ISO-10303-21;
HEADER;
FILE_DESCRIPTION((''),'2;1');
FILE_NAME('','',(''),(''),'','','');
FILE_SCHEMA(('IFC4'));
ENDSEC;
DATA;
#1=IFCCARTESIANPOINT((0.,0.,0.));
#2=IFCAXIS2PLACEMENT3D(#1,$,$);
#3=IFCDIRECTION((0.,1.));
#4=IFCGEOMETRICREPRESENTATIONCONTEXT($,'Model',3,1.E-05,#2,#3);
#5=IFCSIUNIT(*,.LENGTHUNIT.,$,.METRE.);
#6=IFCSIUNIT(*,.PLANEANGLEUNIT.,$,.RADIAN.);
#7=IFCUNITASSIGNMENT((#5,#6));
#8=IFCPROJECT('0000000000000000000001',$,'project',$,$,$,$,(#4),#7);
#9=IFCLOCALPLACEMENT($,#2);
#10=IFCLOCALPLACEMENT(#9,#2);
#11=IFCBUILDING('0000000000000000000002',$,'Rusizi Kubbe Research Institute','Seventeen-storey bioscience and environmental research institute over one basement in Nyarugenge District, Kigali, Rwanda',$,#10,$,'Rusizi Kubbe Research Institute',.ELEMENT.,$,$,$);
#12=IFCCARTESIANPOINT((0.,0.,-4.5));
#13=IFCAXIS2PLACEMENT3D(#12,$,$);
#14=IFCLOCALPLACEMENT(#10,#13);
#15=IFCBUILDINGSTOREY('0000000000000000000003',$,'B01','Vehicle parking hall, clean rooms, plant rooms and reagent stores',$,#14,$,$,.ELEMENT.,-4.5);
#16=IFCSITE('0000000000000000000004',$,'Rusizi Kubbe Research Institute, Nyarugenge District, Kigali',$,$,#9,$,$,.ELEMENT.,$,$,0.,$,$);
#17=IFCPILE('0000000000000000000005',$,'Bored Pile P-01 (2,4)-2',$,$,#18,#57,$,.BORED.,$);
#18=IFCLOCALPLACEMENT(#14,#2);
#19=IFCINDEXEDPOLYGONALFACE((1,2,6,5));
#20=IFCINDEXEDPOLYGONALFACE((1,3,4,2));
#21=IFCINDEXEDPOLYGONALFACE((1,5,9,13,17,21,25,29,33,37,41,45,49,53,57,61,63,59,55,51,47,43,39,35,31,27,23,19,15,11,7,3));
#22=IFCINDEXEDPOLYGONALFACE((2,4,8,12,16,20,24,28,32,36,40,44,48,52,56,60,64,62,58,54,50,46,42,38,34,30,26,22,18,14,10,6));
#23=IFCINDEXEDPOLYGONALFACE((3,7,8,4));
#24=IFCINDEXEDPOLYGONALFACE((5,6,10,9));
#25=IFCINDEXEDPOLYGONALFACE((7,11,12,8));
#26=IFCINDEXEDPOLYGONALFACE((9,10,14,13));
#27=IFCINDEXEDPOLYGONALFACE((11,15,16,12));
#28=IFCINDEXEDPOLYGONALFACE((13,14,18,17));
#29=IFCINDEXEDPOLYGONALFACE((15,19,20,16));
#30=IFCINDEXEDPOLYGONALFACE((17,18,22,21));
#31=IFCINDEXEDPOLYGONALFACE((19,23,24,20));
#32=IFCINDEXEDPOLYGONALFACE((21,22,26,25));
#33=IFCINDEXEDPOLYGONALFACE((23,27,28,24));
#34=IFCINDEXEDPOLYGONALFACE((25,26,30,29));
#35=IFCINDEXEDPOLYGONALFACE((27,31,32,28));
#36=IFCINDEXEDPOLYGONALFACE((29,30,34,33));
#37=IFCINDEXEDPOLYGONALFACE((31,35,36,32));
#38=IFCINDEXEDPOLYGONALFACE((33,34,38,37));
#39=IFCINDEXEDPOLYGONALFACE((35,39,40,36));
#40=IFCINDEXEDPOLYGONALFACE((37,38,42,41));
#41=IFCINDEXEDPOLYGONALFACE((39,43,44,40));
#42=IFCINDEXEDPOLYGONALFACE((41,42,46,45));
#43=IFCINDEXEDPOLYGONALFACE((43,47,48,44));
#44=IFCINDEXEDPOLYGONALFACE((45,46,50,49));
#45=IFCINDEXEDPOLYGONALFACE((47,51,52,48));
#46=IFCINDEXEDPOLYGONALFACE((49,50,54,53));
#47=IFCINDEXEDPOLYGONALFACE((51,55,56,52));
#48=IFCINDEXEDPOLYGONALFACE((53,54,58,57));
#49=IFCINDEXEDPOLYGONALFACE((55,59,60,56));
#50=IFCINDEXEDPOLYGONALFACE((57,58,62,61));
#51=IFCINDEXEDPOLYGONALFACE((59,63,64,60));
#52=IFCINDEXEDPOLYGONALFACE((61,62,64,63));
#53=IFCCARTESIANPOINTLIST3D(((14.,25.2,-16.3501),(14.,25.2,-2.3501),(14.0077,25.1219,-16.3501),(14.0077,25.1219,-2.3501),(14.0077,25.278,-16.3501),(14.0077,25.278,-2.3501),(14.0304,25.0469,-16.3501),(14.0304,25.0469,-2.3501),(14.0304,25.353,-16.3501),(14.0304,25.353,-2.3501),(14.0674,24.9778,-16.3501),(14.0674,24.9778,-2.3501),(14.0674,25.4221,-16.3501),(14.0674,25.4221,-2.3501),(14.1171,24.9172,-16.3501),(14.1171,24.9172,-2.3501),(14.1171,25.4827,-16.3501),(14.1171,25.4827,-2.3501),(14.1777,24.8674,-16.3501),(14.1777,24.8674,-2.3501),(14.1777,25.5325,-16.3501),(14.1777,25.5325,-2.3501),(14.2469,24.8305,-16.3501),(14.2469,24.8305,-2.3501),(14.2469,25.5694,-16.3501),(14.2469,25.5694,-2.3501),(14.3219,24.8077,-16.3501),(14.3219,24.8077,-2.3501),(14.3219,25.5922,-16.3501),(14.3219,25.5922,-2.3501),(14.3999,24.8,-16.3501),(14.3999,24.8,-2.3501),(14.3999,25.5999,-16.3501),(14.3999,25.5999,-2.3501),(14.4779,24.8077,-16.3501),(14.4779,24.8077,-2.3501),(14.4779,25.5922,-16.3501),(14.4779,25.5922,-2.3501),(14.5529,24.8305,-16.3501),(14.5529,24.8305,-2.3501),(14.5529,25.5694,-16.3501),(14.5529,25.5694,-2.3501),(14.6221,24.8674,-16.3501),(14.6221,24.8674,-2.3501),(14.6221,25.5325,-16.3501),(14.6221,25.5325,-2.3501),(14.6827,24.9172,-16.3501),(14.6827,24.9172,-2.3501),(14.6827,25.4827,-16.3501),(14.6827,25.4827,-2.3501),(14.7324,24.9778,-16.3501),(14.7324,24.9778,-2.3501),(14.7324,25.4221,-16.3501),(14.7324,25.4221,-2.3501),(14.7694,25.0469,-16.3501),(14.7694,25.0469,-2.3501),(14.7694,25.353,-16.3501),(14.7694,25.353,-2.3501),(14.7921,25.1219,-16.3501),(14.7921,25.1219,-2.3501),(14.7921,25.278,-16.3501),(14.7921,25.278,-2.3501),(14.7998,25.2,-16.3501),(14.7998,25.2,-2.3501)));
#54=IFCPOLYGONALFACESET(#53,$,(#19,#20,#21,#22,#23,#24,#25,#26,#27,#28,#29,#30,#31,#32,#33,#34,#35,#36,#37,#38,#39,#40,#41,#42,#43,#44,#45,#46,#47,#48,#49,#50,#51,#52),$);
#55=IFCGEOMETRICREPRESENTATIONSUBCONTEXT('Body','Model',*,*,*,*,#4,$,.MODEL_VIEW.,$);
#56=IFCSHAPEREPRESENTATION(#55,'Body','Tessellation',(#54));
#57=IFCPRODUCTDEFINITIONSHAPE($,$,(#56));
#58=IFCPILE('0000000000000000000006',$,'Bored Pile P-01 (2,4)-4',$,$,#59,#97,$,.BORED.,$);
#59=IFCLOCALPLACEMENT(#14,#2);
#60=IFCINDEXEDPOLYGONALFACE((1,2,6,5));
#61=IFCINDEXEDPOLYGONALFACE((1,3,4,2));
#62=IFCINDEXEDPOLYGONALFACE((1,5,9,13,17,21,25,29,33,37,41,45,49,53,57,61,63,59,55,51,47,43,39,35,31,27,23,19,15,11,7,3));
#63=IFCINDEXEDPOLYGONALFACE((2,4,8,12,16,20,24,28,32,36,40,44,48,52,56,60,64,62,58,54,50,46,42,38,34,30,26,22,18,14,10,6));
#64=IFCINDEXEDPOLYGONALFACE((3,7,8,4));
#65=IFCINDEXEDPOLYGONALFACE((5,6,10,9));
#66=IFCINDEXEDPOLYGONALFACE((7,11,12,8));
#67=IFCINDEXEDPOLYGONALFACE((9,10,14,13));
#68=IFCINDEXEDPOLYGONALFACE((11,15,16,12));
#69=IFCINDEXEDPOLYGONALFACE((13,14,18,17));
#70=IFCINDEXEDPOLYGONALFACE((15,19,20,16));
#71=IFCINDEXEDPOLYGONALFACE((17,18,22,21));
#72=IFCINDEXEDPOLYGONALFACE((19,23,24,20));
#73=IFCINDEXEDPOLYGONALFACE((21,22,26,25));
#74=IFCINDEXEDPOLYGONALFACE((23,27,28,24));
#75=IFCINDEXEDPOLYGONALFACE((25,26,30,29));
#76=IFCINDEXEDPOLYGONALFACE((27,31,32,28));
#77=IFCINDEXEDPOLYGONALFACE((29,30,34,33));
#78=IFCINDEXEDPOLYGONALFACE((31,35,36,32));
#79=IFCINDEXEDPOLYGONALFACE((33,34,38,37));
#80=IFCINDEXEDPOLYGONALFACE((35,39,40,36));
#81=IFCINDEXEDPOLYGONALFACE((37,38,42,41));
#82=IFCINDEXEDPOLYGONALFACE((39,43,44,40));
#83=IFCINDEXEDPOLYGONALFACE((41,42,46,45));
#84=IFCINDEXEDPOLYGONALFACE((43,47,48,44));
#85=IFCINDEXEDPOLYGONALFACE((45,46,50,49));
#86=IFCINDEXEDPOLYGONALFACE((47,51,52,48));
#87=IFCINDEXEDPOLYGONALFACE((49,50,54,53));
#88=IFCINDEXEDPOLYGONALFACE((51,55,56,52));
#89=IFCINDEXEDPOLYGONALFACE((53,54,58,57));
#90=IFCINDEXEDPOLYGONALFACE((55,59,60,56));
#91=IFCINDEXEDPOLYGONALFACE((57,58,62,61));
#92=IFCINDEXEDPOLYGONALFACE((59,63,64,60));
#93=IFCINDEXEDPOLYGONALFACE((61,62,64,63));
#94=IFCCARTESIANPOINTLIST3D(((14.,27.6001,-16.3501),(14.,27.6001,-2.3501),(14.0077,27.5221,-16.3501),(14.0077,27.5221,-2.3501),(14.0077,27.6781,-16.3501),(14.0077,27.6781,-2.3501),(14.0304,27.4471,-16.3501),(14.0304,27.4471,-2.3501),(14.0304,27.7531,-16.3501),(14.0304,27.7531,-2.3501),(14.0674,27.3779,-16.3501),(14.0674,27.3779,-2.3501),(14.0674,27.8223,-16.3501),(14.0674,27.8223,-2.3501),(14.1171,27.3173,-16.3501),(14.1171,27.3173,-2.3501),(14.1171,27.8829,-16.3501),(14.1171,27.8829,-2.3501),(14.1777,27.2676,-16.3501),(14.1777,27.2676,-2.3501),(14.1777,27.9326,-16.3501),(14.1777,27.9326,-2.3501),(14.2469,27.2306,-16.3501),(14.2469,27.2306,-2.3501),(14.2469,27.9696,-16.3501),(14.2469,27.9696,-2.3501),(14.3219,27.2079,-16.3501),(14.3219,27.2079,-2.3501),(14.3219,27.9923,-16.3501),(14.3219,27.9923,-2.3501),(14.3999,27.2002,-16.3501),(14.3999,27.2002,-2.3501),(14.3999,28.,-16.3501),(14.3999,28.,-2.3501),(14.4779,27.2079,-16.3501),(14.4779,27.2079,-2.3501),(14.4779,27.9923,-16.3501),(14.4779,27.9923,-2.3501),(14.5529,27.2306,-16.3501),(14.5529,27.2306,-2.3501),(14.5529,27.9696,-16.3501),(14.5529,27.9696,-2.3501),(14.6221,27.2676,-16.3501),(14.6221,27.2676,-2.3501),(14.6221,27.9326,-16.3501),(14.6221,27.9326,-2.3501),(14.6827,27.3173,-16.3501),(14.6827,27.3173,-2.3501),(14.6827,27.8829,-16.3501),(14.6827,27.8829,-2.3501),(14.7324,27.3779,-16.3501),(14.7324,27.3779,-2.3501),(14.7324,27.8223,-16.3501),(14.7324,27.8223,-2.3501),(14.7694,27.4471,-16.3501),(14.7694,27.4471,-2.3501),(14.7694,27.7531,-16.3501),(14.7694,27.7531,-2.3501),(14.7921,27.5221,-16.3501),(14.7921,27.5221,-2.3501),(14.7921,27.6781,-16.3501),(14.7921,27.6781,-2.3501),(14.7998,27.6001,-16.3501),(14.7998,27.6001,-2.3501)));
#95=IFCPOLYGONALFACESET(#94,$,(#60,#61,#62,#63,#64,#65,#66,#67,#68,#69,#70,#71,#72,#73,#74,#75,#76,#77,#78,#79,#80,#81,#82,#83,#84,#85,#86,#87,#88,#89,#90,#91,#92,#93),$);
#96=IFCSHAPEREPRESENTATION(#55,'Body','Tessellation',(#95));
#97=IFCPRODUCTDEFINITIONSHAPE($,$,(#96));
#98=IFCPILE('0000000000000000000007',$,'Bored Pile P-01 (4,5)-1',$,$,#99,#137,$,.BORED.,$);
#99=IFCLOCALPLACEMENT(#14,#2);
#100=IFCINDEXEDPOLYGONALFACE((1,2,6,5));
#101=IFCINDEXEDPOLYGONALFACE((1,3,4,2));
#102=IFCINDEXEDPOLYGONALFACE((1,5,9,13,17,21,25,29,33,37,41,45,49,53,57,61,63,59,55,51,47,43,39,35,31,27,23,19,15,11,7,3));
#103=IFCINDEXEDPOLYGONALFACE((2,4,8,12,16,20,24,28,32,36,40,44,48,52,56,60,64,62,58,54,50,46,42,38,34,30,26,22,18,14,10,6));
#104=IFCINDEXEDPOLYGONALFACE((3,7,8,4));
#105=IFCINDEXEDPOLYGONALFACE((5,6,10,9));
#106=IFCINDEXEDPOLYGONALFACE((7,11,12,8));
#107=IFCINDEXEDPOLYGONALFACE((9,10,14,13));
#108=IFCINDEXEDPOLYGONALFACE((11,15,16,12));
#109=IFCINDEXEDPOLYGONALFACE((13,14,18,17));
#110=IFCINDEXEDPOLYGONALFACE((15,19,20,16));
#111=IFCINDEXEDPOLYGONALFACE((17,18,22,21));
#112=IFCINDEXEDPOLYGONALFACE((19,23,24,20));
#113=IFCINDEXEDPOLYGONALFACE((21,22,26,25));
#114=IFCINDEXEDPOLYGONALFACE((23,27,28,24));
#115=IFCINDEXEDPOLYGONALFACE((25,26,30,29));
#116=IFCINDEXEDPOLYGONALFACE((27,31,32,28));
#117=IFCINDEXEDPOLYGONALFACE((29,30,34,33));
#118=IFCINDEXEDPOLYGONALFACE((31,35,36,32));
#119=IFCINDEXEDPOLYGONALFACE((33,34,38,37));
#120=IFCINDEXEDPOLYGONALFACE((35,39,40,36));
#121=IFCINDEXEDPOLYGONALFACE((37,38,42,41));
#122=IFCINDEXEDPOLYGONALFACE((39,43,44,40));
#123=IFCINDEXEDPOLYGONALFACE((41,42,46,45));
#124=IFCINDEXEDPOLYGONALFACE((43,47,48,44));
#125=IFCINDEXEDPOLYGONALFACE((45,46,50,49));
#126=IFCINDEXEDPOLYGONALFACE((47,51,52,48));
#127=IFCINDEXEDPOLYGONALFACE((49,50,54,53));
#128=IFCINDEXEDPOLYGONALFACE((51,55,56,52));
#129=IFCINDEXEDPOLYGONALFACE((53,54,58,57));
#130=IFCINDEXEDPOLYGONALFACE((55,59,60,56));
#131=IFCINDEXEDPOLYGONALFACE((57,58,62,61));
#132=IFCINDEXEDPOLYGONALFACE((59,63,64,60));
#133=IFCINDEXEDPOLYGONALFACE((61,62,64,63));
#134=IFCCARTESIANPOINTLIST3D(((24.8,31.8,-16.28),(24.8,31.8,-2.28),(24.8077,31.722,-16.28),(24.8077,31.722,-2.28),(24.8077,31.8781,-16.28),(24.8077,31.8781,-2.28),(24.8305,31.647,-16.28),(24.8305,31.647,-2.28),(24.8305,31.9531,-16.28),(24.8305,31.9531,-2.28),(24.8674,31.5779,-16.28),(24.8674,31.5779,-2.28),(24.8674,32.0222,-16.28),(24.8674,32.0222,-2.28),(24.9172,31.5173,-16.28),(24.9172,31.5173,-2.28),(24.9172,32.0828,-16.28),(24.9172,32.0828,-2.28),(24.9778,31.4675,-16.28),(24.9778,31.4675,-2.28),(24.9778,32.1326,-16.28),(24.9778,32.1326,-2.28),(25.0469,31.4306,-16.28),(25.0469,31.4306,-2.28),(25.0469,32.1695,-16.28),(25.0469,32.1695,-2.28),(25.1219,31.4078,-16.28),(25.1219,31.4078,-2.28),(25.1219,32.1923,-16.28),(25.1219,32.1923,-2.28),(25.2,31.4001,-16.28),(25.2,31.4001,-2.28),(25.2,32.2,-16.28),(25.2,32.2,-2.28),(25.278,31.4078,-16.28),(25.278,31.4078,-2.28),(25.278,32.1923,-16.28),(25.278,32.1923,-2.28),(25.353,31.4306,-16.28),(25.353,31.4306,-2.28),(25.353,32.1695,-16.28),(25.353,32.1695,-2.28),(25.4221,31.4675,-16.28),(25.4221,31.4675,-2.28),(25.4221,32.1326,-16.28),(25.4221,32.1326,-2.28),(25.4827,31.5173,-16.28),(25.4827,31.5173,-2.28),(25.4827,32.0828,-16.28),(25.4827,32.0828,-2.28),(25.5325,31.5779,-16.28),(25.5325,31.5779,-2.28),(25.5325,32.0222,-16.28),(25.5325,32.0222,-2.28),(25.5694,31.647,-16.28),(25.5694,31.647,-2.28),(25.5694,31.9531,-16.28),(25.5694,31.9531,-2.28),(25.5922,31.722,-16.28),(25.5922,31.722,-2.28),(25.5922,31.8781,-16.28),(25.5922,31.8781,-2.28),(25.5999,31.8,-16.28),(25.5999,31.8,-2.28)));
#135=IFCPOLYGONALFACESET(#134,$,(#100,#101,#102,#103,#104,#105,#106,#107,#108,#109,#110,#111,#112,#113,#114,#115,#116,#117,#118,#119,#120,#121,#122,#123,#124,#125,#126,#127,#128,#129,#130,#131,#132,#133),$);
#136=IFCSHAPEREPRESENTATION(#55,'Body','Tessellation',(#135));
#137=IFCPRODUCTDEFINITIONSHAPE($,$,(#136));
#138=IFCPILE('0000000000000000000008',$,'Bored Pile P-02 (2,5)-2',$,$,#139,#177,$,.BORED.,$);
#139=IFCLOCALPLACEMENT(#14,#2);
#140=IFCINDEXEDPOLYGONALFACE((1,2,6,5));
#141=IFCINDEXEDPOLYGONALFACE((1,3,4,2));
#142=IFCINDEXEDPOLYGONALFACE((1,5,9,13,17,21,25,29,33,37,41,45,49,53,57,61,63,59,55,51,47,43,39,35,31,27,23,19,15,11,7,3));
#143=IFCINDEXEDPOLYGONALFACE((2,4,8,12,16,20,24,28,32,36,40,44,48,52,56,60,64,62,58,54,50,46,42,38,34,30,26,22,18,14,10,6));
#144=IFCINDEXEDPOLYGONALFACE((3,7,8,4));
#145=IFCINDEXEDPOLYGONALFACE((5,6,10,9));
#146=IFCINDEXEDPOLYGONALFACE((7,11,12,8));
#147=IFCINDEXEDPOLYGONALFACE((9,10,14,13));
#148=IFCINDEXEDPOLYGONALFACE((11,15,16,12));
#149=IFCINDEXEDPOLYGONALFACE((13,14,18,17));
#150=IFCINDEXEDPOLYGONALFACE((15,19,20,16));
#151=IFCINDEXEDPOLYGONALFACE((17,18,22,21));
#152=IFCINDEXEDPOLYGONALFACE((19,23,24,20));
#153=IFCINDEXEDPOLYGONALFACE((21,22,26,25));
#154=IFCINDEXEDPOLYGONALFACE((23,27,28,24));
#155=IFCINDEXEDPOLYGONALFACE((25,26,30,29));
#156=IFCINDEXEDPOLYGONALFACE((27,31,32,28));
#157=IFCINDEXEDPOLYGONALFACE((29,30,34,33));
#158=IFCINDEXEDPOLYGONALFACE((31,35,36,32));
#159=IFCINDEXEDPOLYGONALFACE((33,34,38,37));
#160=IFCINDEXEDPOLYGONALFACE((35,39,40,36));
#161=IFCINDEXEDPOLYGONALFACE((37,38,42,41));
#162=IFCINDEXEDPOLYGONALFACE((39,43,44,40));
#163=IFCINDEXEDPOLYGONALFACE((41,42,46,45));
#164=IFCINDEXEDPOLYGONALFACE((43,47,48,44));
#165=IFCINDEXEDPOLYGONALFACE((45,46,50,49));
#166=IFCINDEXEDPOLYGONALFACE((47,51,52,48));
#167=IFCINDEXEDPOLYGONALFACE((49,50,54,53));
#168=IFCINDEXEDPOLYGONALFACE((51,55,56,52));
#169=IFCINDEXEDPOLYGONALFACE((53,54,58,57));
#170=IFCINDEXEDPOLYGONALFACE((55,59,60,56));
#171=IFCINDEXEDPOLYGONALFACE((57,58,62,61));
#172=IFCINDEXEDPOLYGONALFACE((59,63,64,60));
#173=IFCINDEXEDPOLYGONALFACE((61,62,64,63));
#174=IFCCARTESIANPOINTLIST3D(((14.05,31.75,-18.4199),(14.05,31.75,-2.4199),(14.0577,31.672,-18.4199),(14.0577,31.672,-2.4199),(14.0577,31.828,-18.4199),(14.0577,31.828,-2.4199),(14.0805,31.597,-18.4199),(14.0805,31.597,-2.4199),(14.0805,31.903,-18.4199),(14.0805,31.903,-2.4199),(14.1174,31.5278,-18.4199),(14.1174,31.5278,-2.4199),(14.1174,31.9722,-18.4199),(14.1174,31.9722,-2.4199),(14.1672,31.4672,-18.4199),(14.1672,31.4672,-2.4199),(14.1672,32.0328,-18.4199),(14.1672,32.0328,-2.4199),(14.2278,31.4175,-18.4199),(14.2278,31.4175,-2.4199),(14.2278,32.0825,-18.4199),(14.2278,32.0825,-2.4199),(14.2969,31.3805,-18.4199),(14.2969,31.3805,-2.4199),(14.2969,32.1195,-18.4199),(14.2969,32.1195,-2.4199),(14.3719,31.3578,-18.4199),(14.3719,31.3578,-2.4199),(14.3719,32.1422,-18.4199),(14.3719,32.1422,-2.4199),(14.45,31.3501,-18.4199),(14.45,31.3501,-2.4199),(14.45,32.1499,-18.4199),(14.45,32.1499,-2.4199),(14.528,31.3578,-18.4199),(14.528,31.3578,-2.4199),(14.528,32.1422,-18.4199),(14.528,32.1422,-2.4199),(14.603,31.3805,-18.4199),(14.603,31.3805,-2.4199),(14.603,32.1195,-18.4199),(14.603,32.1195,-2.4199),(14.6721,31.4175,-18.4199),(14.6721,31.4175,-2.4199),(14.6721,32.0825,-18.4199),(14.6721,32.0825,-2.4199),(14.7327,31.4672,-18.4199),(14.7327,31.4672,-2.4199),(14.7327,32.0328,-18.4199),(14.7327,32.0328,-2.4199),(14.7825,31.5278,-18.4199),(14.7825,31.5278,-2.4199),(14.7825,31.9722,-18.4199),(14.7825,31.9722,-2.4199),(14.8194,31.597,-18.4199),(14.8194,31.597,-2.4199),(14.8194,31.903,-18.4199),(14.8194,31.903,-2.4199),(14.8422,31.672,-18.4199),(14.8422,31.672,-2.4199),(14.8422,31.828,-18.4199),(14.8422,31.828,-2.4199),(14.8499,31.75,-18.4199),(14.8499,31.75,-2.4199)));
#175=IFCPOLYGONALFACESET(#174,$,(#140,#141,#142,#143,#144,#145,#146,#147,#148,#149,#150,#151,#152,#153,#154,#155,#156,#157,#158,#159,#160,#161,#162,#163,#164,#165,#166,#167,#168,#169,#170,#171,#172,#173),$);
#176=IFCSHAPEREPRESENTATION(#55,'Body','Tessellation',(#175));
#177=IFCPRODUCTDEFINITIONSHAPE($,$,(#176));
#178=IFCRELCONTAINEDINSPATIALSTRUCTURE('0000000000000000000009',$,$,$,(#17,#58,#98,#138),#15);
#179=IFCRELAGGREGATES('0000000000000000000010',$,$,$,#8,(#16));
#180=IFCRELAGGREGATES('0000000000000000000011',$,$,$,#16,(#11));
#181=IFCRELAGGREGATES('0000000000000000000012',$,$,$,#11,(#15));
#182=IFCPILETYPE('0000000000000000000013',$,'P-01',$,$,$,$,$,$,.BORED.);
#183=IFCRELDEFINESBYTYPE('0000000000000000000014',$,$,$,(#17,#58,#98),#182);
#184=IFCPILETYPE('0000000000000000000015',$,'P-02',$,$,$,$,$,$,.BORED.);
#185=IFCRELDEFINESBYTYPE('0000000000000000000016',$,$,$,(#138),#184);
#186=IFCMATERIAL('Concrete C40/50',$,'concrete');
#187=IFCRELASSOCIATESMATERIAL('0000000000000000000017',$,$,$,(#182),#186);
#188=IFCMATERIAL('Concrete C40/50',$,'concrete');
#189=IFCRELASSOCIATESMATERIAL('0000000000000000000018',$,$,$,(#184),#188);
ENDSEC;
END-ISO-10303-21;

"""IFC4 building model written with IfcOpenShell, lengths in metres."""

from ifc_helpers import new_model, si_unit, direction, frame, origin, origin_2d, place, context, subcontext, project, spatial, circle, extrude, material, material_profile, profile_set, type_object, element, save


model = new_model("IFC4")

# Units and contexts
model_context = context("Model", 3, precision=1e-05, world=origin(), true_north=direction((0.0, 1.0)))
body_context = subcontext(model_context, "Body", "Model", "MODEL_VIEW")
ifc_project = project(units=[si_unit("LENGTHUNIT", "METRE"), si_unit("PLANEANGLEUNIT", "RADIAN")], contexts=[model_context])

# Site, building, storey
site_placement = place(None, origin())
site = spatial("IfcSite", under=ifc_project, at=site_placement, Name="Rusizi Kubbe Research Institute, Nyarugenge District, Kigali", CompositionType="ELEMENT", RefElevation=0.0)
building_placement = place(site_placement, origin())
building = spatial("IfcBuilding", under=site, at=building_placement, Name="Rusizi Kubbe Research Institute", Description="Seventeen-storey bioscience and environmental research institute over one basement in Nyarugenge District, Kigali, Rwanda", LongName="Rusizi Kubbe Research Institute", CompositionType="ELEMENT")
storey_placement = place(building_placement, frame((0.0, 0.0, -4.5)))
storey = spatial("IfcBuildingStorey", under=building, at=storey_placement, Name="B01", Description="Vehicle parking hall, clean rooms, plant rooms and reagent stores", CompositionType="ELEMENT", Elevation=-4.5)

# Piles
ifc_material_1 = material(Name="Concrete C40/50", Category="concrete")
ifc_material_profile_1 = material_profile(ifc_material_1, circle(Radius=0.3999, at=origin_2d()), Name="PILE-D800")
ifc_profile_set_1 = profile_set([ifc_material_profile_1], Name="Concrete C40/50")
pile_type_1 = type_object("IfcPileType", Name="P-01", PredefinedType="BORED", material=ifc_profile_set_1)
for number, where, z_axis, x_axis, name in (
    (1, (14.3999, 25.2, -2.3501), (0.0, 0.0, -1.0), (1.0, 0.0, 0.0), "Bored Pile P-01 (2,4)-2"),
    (2, (14.3999, 27.6001, -2.3501), (0.0, 0.0, -1.0), (1.0, 0.0, 0.0), "Bored Pile P-01 (2,4)-4"),
    (3, (25.2, 31.8, -2.28), (0.0, 0.0, -1.0), (1.0, 0.0, 0.0), "Bored Pile P-01 (4,5)-1"),
):
    element("IfcPile", number, at=place(storey_placement, frame(where, z_axis=z_axis, x_axis=x_axis)), inside=storey, type_object=pile_type_1, Name=name, PredefinedType="BORED", context=body_context, shape_type="SweptSolid", body=[
        extrude(circle(Radius=0.3999, at=origin_2d()), origin(), (0.0, 0.0, 1.0), 14.0),
    ])
ifc_material_2 = material(Name="Concrete C40/50", Category="concrete")
ifc_material_profile_2 = material_profile(ifc_material_2, circle(Radius=0.3999, at=origin_2d()), Name="PILE-D800")
ifc_profile_set_2 = profile_set([ifc_material_profile_2], Name="Concrete C40/50")
pile_type_2 = type_object("IfcPileType", Name="P-02", PredefinedType="BORED", material=ifc_profile_set_2)
for number, where, z_axis, x_axis, name in (
    (4, (14.45, 31.75, -2.4199), (0.0, 0.0, -1.0), (1.0, 0.0, 0.0), "Bored Pile P-02 (2,5)-2"),
):
    element("IfcPile", number, at=place(storey_placement, frame(where, z_axis=z_axis, x_axis=x_axis)), inside=storey, type_object=pile_type_2, Name=name, PredefinedType="BORED", context=body_context, shape_type="SweptSolid", body=[
        extrude(circle(Radius=0.3999, at=origin_2d()), origin(), (0.0, 0.0, 1.0), 16.0),
    ])

save(model, "model.ifc")
